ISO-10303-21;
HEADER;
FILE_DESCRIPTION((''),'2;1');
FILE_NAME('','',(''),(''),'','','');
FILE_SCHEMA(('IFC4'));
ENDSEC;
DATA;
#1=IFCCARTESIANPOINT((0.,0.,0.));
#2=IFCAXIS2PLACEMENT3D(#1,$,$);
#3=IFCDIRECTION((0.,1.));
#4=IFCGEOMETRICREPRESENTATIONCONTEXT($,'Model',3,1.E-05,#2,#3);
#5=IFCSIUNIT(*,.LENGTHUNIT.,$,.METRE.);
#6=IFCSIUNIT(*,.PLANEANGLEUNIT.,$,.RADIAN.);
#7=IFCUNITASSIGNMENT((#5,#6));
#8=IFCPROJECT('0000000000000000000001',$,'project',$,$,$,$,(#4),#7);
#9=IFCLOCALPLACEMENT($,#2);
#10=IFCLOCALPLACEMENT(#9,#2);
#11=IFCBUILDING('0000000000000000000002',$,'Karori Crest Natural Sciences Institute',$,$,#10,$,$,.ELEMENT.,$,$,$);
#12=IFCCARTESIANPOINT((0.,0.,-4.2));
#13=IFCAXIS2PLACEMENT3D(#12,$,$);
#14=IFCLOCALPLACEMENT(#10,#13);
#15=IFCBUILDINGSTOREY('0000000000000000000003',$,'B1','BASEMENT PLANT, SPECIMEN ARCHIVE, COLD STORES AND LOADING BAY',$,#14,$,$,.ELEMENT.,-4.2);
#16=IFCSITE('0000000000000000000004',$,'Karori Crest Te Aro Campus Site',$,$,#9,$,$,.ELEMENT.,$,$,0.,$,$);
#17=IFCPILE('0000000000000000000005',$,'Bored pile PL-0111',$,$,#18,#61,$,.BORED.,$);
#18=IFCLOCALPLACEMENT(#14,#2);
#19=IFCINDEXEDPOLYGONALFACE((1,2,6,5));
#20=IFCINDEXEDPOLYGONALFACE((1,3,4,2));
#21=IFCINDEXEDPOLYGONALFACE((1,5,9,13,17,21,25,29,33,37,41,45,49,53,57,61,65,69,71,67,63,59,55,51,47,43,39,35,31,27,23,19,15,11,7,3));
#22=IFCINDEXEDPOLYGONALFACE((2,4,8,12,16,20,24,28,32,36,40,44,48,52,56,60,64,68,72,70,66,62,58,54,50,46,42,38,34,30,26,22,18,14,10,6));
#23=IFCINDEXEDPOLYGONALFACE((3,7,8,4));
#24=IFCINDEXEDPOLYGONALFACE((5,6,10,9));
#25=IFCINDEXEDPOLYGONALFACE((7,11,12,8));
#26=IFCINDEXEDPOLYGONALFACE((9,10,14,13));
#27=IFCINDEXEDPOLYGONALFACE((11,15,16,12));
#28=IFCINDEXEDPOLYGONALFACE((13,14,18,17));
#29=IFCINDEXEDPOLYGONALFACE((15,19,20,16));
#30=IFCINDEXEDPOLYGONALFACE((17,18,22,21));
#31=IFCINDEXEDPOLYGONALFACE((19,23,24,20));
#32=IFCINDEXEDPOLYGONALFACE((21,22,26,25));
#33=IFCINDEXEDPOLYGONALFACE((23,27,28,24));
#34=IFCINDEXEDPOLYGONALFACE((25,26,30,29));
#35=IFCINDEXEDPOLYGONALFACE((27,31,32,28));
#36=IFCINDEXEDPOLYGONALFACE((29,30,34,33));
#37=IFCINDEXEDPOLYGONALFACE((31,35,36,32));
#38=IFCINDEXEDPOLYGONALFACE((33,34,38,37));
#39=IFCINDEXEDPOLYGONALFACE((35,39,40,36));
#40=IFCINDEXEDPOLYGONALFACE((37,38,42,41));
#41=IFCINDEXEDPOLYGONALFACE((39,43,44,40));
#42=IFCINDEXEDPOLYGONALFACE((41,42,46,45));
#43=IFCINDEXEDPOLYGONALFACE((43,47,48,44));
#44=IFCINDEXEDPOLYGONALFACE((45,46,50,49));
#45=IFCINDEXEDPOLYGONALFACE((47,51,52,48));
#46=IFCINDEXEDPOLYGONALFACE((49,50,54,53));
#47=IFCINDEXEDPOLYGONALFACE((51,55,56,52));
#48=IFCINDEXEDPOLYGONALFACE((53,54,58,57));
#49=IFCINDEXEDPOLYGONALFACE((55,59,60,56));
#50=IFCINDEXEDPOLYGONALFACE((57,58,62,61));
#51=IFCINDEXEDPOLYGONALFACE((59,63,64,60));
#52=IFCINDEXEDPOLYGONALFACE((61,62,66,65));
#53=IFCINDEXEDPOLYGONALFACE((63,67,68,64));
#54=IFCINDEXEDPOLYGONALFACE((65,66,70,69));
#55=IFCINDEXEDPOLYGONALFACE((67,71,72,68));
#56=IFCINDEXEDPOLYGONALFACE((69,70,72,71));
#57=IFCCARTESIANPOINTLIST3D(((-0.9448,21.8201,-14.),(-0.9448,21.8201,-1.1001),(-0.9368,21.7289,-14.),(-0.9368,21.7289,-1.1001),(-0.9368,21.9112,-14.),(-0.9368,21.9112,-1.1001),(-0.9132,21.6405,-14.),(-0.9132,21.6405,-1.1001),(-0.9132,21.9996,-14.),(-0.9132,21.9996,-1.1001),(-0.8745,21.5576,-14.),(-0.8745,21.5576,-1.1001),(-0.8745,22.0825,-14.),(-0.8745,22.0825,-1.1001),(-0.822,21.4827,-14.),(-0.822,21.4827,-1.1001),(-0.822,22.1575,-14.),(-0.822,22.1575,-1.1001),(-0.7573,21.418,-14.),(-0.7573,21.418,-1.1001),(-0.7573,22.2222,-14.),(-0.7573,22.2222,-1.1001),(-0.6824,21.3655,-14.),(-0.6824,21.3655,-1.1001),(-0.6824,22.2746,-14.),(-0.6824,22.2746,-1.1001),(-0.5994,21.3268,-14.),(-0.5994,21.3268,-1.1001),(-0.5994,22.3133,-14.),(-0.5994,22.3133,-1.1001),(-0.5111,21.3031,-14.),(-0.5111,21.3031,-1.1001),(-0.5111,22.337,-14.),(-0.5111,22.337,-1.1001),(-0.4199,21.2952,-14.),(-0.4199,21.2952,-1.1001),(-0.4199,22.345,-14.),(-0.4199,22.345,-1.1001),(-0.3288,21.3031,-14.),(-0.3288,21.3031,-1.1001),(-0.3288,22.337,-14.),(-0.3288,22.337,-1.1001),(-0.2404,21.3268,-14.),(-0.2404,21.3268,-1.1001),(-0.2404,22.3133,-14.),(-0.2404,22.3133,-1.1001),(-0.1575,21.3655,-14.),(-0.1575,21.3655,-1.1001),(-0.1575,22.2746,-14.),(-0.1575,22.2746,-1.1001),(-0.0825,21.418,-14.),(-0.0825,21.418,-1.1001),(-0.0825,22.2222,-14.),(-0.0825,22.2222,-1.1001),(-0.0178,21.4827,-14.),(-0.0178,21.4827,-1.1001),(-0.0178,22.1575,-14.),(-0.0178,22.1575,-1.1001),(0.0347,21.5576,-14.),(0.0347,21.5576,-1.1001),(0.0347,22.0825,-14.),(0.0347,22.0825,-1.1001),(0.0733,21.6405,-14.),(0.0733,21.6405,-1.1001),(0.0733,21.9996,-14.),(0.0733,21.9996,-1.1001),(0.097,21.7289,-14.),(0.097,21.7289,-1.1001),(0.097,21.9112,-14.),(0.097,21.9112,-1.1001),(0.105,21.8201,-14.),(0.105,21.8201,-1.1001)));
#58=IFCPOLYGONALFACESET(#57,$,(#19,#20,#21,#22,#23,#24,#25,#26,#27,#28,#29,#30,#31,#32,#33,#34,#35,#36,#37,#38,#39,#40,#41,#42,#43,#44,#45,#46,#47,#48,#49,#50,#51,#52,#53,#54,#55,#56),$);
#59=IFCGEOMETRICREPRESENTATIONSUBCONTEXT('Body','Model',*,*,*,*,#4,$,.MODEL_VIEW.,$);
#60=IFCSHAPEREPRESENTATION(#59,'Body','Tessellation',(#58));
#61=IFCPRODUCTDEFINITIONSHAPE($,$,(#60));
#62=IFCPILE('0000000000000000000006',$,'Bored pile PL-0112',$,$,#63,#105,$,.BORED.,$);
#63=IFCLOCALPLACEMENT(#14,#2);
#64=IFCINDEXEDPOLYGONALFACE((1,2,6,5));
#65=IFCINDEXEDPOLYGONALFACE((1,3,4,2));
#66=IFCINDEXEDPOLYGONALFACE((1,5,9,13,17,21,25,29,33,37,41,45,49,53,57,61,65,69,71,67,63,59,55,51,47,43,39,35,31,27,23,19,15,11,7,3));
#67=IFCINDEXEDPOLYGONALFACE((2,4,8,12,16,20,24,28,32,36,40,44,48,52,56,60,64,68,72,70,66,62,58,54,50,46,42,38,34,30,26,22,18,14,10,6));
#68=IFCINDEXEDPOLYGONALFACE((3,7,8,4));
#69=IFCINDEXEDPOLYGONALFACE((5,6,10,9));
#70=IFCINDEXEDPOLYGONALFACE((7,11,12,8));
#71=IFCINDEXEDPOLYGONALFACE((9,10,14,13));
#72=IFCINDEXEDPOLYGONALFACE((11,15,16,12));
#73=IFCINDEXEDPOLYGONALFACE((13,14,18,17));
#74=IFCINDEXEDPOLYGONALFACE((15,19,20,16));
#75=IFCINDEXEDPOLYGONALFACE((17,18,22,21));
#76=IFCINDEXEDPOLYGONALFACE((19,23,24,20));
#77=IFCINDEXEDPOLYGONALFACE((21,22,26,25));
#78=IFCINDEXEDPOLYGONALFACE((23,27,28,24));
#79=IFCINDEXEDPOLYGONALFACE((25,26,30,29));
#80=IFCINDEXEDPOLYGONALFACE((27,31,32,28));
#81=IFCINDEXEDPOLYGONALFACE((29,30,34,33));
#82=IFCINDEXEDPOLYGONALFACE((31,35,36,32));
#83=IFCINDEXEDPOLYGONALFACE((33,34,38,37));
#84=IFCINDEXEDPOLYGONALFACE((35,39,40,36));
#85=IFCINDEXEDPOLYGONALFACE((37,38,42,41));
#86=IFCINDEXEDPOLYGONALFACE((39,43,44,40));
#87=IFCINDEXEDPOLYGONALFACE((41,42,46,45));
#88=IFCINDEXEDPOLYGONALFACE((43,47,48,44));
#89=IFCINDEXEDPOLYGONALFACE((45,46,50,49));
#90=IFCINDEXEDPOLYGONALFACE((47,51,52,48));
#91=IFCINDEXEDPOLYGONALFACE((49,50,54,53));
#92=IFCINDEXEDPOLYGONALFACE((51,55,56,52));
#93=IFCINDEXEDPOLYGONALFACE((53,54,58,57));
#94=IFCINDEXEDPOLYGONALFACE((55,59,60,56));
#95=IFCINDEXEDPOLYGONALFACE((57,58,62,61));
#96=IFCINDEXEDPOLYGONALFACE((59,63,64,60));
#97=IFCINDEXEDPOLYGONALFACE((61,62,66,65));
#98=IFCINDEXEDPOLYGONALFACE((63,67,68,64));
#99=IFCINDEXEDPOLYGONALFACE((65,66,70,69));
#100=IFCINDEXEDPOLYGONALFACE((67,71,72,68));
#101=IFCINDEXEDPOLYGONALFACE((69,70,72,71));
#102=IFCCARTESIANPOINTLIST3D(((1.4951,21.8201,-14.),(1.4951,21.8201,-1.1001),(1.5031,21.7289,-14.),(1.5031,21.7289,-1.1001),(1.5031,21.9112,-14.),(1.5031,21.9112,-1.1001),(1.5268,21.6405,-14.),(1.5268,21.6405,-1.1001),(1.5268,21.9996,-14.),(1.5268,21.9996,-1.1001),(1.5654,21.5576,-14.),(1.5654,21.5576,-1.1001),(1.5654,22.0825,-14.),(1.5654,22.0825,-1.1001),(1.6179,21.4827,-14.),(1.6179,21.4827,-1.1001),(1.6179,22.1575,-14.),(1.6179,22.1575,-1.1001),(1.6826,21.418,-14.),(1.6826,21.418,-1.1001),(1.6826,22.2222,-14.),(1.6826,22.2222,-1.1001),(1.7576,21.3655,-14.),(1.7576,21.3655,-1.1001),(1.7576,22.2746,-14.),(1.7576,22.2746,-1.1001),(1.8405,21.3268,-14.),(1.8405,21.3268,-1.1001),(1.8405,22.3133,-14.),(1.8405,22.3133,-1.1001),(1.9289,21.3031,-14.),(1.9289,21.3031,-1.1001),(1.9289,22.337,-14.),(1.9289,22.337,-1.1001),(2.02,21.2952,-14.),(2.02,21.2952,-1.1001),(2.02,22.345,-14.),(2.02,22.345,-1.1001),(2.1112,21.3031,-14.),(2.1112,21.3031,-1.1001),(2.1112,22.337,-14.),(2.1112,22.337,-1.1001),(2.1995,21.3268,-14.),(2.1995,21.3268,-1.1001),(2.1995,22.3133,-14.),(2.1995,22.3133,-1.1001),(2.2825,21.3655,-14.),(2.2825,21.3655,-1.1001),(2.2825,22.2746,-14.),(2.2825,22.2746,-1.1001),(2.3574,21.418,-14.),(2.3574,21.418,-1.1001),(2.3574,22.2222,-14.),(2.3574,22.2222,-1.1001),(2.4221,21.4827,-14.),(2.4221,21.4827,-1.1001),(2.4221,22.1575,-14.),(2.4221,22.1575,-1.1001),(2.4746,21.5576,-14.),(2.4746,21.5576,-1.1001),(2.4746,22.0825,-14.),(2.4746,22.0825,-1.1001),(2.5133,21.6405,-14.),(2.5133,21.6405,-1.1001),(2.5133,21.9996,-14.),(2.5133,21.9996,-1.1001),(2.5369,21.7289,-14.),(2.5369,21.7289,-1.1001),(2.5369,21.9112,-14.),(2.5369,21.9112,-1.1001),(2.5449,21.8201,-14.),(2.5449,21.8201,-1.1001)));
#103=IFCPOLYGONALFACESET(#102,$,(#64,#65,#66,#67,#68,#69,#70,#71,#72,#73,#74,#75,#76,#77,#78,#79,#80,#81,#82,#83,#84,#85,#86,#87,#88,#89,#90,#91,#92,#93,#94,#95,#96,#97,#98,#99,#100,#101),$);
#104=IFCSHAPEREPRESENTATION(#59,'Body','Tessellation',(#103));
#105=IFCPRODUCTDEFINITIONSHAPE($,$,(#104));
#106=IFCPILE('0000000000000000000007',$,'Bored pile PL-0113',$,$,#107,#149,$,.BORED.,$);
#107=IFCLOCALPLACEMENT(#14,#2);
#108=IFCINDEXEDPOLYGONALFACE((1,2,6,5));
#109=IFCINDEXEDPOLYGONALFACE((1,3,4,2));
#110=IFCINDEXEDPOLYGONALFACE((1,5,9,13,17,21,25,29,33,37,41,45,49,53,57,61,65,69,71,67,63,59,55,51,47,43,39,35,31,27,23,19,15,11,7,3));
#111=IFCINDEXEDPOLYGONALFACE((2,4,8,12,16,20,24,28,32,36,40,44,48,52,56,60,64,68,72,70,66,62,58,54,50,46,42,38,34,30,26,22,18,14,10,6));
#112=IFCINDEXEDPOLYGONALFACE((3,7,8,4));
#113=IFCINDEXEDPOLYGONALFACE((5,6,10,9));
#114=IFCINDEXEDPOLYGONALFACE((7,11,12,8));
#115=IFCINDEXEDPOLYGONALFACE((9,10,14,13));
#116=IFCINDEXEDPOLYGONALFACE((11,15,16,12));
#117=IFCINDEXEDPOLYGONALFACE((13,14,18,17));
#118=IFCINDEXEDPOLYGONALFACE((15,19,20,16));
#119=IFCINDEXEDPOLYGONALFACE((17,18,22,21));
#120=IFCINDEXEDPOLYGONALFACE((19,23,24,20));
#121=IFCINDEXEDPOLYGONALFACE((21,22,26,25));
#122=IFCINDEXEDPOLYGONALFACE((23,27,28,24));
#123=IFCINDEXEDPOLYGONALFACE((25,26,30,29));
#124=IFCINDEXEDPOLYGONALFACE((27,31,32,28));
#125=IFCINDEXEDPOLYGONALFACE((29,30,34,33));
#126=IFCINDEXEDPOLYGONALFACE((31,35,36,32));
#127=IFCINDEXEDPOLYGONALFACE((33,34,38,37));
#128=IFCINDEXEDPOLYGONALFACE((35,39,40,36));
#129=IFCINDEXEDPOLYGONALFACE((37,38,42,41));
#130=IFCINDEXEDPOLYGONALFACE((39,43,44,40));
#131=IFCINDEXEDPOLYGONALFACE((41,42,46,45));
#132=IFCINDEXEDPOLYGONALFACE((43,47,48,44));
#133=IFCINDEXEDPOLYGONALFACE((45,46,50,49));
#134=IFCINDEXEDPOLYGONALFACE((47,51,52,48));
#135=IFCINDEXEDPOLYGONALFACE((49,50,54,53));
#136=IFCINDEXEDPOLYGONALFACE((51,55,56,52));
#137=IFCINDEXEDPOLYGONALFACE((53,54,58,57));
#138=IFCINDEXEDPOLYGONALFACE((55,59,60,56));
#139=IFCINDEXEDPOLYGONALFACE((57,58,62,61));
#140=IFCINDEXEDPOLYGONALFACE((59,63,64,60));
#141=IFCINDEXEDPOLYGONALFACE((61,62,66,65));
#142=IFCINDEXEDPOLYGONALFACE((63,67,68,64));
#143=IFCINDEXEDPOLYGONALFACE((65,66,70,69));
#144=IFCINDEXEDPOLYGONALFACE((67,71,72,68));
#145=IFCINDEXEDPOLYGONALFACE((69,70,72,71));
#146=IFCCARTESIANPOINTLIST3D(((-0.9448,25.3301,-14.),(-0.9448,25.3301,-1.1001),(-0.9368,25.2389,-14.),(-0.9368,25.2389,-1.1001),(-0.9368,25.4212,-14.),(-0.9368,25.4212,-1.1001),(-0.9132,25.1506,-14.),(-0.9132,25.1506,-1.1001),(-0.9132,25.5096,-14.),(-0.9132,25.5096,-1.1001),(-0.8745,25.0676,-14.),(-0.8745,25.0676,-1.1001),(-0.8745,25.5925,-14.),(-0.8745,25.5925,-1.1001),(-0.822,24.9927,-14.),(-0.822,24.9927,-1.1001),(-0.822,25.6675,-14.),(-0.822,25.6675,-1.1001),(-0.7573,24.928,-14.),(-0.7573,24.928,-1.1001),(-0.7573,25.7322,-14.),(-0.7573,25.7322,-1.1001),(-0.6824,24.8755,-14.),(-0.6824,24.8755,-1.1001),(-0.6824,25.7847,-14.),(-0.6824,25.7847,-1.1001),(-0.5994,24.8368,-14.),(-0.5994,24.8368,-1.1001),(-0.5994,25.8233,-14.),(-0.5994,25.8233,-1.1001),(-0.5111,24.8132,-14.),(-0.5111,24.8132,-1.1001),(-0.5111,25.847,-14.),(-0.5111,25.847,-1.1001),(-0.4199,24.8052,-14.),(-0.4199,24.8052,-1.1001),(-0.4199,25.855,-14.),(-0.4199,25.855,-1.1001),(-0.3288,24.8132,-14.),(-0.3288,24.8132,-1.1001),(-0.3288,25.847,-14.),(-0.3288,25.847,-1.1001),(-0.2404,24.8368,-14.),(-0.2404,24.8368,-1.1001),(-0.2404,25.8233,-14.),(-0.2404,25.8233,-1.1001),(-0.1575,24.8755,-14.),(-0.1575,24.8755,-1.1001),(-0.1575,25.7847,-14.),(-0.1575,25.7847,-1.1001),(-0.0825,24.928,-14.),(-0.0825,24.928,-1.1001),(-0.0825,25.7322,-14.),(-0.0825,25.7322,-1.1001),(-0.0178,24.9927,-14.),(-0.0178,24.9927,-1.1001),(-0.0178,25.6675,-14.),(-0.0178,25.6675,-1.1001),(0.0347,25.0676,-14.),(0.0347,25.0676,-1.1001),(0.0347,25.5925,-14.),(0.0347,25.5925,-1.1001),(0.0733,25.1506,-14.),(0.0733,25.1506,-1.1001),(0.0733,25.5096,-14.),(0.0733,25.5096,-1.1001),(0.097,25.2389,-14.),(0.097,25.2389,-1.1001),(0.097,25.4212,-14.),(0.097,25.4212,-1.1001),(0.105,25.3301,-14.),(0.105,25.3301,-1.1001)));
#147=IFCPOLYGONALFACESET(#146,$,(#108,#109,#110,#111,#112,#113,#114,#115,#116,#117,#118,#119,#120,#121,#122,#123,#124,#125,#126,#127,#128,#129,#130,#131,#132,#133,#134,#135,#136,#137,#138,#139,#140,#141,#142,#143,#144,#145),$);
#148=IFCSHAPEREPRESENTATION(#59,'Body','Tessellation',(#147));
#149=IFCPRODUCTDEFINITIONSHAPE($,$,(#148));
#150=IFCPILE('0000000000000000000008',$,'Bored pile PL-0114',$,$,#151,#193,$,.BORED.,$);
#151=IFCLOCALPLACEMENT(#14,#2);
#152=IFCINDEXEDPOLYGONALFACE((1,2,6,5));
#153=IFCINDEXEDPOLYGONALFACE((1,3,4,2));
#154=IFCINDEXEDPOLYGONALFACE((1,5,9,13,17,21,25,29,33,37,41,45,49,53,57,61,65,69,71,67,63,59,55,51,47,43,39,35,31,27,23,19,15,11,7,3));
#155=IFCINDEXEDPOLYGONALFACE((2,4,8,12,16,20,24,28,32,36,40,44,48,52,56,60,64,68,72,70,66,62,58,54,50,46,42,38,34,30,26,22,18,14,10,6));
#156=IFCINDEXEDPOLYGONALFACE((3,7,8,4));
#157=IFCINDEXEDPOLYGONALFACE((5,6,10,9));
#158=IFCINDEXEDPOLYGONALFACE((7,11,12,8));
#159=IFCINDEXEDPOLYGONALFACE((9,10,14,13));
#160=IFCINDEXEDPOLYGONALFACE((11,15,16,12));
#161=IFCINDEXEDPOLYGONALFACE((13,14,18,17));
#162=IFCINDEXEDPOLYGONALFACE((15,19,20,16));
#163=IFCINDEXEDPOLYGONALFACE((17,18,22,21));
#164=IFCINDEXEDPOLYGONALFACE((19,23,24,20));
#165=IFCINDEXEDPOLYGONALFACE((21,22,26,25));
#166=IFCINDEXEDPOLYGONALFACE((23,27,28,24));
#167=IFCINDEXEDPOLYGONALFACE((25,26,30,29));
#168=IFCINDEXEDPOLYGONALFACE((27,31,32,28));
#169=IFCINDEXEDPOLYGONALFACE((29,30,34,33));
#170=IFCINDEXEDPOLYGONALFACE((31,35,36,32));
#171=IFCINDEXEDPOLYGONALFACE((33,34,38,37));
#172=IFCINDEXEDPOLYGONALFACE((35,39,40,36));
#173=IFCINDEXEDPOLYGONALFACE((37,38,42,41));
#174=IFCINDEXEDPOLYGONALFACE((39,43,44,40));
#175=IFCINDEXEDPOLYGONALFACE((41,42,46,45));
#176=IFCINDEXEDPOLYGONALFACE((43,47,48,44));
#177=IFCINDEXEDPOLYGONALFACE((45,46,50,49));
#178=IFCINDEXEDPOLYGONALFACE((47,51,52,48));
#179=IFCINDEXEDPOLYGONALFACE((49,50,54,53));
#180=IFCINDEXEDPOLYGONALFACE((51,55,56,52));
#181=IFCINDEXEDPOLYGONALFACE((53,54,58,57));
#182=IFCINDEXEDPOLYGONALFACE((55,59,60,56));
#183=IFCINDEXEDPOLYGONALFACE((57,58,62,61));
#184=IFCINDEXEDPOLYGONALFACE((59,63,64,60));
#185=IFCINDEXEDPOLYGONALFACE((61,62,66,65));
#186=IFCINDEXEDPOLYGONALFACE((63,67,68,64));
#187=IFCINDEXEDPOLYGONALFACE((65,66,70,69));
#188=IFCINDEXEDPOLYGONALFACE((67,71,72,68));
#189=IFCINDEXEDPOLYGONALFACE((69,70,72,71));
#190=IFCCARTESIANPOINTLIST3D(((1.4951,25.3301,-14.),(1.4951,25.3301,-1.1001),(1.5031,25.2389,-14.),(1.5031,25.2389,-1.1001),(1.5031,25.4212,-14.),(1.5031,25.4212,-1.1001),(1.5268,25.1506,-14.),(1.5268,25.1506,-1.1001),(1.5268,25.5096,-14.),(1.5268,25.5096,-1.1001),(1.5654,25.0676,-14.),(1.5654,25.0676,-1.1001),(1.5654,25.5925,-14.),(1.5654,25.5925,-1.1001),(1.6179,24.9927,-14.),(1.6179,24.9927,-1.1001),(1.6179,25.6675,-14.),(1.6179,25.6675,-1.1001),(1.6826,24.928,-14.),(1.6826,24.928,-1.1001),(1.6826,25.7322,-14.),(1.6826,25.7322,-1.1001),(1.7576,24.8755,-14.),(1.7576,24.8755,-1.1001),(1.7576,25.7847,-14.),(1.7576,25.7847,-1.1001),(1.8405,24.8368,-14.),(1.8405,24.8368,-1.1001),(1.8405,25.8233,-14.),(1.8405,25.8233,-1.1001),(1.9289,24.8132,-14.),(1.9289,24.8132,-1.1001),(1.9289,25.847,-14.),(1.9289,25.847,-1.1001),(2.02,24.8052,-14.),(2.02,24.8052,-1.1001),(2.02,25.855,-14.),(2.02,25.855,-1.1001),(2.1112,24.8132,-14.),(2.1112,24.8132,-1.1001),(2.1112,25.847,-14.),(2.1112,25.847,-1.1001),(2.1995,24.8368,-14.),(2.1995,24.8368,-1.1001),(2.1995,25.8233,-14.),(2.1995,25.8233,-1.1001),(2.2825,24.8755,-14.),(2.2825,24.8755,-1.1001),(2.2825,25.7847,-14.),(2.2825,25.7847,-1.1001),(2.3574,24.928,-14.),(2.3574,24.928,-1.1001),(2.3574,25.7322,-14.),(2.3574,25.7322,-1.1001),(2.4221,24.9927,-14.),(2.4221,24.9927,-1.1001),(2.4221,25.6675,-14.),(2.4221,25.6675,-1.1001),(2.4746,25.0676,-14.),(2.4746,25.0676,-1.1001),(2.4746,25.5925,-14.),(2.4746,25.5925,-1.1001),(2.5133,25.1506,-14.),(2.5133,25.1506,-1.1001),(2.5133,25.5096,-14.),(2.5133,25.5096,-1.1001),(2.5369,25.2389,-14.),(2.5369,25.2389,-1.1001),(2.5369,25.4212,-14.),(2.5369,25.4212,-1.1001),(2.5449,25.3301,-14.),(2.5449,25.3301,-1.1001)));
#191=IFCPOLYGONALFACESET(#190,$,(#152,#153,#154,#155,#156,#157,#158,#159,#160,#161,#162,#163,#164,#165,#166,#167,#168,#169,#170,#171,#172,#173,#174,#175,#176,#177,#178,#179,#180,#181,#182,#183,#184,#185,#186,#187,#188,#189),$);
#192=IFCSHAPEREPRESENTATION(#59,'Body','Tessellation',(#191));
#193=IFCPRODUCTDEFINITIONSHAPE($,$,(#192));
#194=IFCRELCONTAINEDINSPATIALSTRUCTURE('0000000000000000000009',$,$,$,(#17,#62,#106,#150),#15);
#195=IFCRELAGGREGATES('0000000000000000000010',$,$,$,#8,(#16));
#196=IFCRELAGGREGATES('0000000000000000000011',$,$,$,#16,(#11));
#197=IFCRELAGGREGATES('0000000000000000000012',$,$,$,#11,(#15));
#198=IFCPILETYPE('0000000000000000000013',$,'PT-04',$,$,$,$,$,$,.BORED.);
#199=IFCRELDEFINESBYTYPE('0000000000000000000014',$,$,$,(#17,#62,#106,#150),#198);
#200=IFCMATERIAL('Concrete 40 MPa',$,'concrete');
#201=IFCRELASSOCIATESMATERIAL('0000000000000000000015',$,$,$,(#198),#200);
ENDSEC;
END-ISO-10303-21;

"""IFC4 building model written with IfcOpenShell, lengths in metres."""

from ifc_helpers import new_model, si_unit, direction, frame, origin, origin_2d, place, context, subcontext, project, spatial, circle, extrude, material, material_profile, profile_set, type_object, element, save


model = new_model("IFC4")

# Units and contexts
model_context = context("Model", 3, precision=1e-05, world=origin(), true_north=direction((0.0, 1.0)))
body_context = subcontext(model_context, "Body", "Model", "MODEL_VIEW")
ifc_project = project(units=[si_unit("LENGTHUNIT", "METRE"), si_unit("PLANEANGLEUNIT", "RADIAN")], contexts=[model_context])

# Site, building, storey
site_placement = place(None, origin())
site = spatial("IfcSite", under=ifc_project, at=site_placement, Name="Karori Crest Te Aro Campus Site", CompositionType="ELEMENT", RefElevation=0.0)
building_placement = place(site_placement, origin())
building = spatial("IfcBuilding", under=site, at=building_placement, Name="Karori Crest Natural Sciences Institute", CompositionType="ELEMENT")
storey_placement = place(building_placement, frame((0.0, 0.0, -4.2)))
storey = spatial("IfcBuildingStorey", under=building, at=storey_placement, Name="B1", Description="BASEMENT PLANT, SPECIMEN ARCHIVE, COLD STORES AND LOADING BAY", CompositionType="ELEMENT", Elevation=-4.2)

# Shared definitions
ifc_material_1 = material(Name="Concrete 40 MPa", Category="concrete")

# Piles
ifc_material_profile_1 = material_profile(ifc_material_1, circle(Radius=0.5249, at=origin_2d()), Name="PILE1050")
ifc_profile_set_1 = profile_set([ifc_material_profile_1], Name="Concrete 40 MPa")
pile_type = type_object("IfcPileType", Name="PT-04", PredefinedType="BORED", material=ifc_profile_set_1)
for number, where, z_axis, x_axis, name in (
    (1, (-0.4199, 21.8201, -1.1001), (0.0, 0.0, -1.0), (1.0, 0.0, 0.0), "Bored pile PL-0111"),
    (2, (2.02, 21.8201, -1.1001), (0.0, 0.0, -1.0), (1.0, 0.0, 0.0), "Bored pile PL-0112"),
    (3, (-0.4199, 25.3301, -1.1001), (0.0, 0.0, -1.0), (1.0, 0.0, 0.0), "Bored pile PL-0113"),
    (4, (2.02, 25.3301, -1.1001), (0.0, 0.0, -1.0), (1.0, 0.0, 0.0), "Bored pile PL-0114"),
):
    element("IfcPile", number, at=place(storey_placement, frame(where, z_axis=z_axis, x_axis=x_axis)), inside=storey, type_object=pile_type, Name=name, PredefinedType="BORED", context=body_context, shape_type="SweptSolid", body=[
        extrude(circle(Radius=0.5249, at=origin_2d()), origin(), (0.0, 0.0, 1.0), 12.8999),
    ])

save(model, "model.ifc")
